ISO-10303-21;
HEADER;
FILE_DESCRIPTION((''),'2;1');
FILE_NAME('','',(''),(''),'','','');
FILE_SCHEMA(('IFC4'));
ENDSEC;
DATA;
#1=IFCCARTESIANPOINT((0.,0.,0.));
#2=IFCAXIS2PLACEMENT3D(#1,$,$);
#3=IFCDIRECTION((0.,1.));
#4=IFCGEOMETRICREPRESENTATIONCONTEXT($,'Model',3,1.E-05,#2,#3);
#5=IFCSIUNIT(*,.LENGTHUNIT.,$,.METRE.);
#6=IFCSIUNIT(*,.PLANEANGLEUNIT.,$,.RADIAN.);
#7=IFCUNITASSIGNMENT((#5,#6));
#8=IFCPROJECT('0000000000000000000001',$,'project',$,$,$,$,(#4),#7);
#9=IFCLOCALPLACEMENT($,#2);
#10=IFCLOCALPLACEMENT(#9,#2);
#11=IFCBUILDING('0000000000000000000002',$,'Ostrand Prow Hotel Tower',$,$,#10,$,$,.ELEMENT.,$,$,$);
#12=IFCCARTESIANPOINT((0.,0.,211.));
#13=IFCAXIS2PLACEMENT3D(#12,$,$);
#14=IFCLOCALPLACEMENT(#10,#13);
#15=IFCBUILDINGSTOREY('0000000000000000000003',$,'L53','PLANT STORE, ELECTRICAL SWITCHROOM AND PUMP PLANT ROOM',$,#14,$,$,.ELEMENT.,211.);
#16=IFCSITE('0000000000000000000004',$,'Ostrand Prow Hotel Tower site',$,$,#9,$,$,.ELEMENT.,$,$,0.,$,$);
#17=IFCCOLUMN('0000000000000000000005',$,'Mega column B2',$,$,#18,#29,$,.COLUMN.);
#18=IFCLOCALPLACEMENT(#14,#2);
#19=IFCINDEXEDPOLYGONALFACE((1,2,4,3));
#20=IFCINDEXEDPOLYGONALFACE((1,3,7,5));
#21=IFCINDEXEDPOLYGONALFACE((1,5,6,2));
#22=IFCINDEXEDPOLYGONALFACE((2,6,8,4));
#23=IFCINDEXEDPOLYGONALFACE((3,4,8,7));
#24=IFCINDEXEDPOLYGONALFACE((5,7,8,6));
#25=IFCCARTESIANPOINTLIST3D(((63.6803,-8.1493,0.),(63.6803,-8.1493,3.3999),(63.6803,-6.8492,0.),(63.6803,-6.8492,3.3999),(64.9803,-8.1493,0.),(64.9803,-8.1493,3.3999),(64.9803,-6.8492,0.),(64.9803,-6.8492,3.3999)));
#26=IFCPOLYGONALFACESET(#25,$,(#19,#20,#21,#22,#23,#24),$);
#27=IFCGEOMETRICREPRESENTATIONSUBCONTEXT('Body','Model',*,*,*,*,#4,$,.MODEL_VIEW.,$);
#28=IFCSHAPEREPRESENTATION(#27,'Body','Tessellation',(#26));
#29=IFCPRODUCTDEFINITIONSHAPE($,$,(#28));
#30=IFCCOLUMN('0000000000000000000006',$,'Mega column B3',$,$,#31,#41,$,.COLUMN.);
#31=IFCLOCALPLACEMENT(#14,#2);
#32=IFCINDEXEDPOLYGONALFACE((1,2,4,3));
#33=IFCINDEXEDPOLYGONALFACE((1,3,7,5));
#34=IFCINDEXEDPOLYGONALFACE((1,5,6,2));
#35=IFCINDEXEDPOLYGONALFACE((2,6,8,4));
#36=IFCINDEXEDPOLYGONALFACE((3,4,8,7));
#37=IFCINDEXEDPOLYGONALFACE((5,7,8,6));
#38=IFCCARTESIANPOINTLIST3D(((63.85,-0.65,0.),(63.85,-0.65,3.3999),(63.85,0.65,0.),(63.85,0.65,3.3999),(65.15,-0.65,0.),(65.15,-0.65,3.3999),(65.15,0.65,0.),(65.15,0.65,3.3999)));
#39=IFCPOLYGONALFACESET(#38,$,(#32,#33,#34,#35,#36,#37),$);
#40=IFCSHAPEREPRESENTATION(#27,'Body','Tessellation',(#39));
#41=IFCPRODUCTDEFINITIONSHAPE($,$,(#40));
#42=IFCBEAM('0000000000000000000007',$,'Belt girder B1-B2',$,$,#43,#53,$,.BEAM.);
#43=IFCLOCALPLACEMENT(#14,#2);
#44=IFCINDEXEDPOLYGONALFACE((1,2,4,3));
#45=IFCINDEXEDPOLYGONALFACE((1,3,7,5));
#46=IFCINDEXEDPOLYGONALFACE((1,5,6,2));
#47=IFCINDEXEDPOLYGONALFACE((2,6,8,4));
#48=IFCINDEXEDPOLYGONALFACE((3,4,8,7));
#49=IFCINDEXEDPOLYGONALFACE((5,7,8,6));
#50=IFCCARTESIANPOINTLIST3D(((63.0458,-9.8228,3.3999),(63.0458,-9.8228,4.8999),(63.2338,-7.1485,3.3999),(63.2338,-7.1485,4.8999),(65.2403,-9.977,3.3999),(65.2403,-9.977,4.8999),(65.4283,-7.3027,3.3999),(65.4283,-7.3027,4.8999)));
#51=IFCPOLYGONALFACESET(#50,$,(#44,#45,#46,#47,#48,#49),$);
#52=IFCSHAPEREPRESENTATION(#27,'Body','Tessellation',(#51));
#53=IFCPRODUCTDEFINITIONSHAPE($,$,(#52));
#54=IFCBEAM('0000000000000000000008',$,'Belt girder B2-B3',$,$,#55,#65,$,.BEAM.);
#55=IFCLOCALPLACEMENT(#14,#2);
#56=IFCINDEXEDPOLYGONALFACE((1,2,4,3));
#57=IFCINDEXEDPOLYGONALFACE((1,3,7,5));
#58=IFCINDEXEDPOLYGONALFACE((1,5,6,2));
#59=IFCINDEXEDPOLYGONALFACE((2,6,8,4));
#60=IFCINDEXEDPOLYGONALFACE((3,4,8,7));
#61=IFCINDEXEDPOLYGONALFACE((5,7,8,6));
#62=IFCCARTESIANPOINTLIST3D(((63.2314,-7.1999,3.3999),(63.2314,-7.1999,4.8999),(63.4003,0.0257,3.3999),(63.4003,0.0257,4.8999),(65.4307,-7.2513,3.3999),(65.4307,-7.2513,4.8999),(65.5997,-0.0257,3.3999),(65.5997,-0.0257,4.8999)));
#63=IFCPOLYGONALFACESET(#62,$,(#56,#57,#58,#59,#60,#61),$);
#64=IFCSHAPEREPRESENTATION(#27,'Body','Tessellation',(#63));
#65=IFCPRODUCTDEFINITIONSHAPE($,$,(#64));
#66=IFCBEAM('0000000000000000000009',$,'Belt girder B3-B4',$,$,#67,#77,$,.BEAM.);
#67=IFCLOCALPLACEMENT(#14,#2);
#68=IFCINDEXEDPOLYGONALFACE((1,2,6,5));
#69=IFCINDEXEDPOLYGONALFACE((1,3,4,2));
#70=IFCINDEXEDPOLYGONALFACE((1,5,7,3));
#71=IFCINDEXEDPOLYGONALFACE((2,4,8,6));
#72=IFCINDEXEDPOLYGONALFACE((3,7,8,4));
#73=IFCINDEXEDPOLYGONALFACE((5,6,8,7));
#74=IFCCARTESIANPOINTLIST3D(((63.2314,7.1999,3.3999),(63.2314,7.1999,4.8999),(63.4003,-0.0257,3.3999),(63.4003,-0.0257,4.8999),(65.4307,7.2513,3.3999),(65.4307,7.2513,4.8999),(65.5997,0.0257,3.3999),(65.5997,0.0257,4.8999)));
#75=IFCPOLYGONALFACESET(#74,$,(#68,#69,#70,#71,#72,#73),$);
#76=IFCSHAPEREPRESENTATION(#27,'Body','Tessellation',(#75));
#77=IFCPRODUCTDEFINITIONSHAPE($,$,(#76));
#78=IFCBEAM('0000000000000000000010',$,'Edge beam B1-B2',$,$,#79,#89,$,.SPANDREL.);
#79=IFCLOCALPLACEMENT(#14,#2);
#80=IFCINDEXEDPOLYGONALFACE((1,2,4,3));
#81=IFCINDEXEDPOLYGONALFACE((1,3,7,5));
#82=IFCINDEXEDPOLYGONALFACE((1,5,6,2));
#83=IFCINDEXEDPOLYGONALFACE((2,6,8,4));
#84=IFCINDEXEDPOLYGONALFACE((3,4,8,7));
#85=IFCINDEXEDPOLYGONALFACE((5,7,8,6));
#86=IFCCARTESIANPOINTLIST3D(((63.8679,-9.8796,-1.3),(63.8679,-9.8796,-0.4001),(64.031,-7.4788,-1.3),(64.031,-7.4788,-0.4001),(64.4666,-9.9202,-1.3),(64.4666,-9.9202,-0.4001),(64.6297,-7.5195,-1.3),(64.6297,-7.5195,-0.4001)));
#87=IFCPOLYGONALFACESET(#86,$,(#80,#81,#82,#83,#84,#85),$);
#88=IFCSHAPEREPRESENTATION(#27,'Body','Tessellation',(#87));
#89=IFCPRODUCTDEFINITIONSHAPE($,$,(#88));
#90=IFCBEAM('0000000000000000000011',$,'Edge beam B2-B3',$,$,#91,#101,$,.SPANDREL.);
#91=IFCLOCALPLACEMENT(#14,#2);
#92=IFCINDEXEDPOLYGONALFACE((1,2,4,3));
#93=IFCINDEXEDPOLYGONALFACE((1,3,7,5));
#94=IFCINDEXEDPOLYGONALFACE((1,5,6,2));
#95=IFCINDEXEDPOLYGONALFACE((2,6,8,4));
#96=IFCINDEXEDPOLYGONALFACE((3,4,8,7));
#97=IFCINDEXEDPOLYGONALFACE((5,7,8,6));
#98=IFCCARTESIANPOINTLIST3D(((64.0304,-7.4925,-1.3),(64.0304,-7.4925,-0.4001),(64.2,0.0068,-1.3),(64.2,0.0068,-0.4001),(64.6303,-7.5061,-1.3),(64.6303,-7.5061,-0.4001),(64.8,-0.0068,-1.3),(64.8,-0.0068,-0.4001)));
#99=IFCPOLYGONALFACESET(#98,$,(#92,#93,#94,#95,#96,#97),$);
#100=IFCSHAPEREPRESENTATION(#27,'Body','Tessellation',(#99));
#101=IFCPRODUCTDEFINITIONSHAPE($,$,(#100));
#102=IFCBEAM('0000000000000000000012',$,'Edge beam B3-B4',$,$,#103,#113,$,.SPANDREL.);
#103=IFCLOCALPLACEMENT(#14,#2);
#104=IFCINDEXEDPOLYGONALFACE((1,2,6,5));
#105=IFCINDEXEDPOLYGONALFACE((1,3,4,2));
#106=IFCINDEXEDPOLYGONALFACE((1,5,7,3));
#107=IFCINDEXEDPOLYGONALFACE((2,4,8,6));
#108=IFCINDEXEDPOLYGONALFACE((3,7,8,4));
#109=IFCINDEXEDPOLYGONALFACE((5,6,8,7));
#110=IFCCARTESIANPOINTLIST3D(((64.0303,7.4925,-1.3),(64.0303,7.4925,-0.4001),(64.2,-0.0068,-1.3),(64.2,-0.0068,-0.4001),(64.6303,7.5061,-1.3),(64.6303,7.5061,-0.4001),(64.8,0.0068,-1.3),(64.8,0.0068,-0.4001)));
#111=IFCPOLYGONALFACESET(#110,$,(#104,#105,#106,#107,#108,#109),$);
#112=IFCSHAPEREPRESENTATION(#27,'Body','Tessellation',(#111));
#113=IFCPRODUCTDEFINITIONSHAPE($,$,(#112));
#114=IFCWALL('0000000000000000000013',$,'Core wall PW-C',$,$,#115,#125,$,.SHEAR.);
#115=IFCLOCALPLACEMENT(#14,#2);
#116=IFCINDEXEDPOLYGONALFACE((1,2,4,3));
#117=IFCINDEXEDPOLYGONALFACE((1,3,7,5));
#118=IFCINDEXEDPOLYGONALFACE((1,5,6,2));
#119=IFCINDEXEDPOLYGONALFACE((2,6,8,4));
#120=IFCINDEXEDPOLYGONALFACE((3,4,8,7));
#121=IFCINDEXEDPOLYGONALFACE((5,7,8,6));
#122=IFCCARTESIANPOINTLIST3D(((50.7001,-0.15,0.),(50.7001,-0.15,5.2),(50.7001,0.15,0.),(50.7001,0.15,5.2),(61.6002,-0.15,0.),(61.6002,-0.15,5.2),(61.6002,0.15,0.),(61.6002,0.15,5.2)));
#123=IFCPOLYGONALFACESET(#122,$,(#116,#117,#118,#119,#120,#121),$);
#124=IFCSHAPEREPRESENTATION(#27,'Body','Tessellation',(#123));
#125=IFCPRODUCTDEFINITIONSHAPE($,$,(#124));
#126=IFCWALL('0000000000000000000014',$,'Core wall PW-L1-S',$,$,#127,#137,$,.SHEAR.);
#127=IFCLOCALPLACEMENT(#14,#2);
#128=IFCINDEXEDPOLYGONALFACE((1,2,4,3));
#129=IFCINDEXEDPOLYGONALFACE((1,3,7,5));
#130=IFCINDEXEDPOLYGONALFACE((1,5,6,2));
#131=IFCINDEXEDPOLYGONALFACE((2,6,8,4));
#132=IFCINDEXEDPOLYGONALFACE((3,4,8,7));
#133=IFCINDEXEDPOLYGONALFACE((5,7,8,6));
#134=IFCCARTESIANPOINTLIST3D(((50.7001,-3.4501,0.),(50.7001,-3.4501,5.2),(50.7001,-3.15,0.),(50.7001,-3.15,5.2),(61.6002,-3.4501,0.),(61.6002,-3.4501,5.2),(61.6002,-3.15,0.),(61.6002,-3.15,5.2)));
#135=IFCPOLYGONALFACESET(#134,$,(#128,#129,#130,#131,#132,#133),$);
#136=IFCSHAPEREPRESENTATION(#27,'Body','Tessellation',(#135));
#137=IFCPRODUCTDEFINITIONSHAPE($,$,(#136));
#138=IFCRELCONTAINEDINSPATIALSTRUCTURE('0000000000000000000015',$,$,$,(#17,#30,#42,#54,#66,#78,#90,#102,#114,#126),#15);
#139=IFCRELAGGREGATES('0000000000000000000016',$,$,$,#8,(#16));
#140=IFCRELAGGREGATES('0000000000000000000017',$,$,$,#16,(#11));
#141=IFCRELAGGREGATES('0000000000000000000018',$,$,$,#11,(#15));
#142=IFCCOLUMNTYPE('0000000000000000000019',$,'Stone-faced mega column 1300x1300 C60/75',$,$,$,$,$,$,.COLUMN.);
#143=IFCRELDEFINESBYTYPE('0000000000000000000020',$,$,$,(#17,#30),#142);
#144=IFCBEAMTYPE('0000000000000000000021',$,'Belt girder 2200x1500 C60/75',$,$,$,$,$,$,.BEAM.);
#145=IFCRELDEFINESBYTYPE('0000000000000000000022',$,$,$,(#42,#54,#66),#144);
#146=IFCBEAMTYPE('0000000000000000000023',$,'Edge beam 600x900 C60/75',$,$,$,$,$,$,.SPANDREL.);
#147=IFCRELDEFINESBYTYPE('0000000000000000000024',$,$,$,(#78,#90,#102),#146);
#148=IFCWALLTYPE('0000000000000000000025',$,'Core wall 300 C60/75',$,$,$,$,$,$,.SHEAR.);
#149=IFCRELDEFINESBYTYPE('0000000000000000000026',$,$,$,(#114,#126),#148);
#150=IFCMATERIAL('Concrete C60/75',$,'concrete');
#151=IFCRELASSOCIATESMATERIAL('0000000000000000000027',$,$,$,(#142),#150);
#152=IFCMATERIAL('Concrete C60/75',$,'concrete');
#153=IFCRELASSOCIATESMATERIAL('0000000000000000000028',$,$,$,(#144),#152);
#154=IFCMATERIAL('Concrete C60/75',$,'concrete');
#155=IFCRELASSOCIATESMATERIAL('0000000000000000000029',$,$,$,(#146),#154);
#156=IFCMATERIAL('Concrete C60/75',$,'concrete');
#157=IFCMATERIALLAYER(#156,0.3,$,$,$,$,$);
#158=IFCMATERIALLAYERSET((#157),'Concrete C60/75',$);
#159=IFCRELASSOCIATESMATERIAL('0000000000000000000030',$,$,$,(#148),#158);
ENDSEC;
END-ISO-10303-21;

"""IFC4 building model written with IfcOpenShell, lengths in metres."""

from ifc_helpers import new_model, si_unit, direction, frame, frame_2d, origin, origin_2d, place, context, subcontext, project, spatial, rectangle, extrude, material, layer, layer_set, material_profile, profile_set, type_object, element, save


model = new_model("IFC4")

# Units and contexts
model_context = context("Model", 3, precision=1e-05, world=origin(), true_north=direction((0.0, 1.0)))
body_context = subcontext(model_context, "Body", "Model", "MODEL_VIEW")
ifc_project = project(units=[si_unit("LENGTHUNIT", "METRE"), si_unit("PLANEANGLEUNIT", "RADIAN")], contexts=[model_context])

# Site, building, storey
site_placement = place(None, origin())
site = spatial("IfcSite", under=ifc_project, at=site_placement, Name="Ostrand Prow Hotel Tower site", CompositionType="ELEMENT", RefElevation=0.0)
building_placement = place(site_placement, origin())
building = spatial("IfcBuilding", under=site, at=building_placement, Name="Ostrand Prow Hotel Tower", CompositionType="ELEMENT")
storey_placement = place(building_placement, frame((0.0, 0.0, 211.0)))
storey = spatial("IfcBuildingStorey", under=building, at=storey_placement, Name="L53", Description="PLANT STORE, ELECTRICAL SWITCHROOM AND PUMP PLANT ROOM", CompositionType="ELEMENT", Elevation=211.0)

# Columns
ifc_material_1 = material(Name="Concrete C60/75", Category="concrete")
ifc_material_profile_1 = material_profile(ifc_material_1, rectangle(XDim=1.3, YDim=1.3, at=origin_2d()), Name="RC 1300x1300")
ifc_profile_set_1 = profile_set([ifc_material_profile_1], Name="Concrete C60/75")
column_type = type_object("IfcColumnType", Name="Stone-faced mega column 1300x1300 C60/75", PredefinedType="COLUMN", material=ifc_profile_set_1)
for number, where, z_axis, x_axis, name in (
    (1, (64.3303, -7.4993, 0.0), (0.0, 0.0, 1.0), (1.0, 0.0, 0.0), "Mega column B2"),
    (2, (64.5, 0.0, 0.0), (0.0, 0.0, 1.0), (1.0, 0.0, 0.0), "Mega column B3"),
):
    element("IfcColumn", number, at=place(storey_placement, frame(where, z_axis=z_axis, x_axis=x_axis)), inside=storey, type_object=column_type, Name=name, PredefinedType="COLUMN", context=body_context, shape_type="SweptSolid", body=[
        extrude(rectangle(XDim=1.3, YDim=1.3, at=origin_2d()), origin(), (0.0, 0.0, 1.0), 3.3999),
    ])

# Beams
ifc_material_2 = material(Name="Concrete C60/75", Category="concrete")
ifc_material_profile_2 = material_profile(ifc_material_2, rectangle(XDim=2.2, YDim=1.5, at=origin_2d()), Name="RC 2200x1500")
ifc_profile_set_2 = profile_set([ifc_material_profile_2], Name="Concrete C60/75")
beam_type_1 = type_object("IfcBeamType", Name="Belt girder 2200x1500 C60/75", PredefinedType="BEAM", material=ifc_profile_set_2)
beam_1_placement = place(storey_placement, frame((64.1431, -9.8999, 4.1499), z_axis=(0.070121, 0.997538, 0.0), x_axis=(-0.997538, 0.070121, 0.0)))
element("IfcBeam", 3, at=beam_1_placement, inside=storey, type_object=beam_type_1, Name="Belt girder B1-B2", PredefinedType="BEAM", context=body_context, shape_type="SweptSolid", body=[
    extrude(rectangle(XDim=2.2, YDim=1.5, at=origin_2d()), origin(), (0.0, 0.0, 1.0), 2.6809),
])
for number, where, z_axis, x_axis, name in (
    (4, (64.3311, -7.2256, 4.1499), (0.023375, 0.999727, 0.0), (-0.999727, 0.023375, 0.0), "Belt girder B2-B3"),
    (5, (64.5, 0.0, 4.1499), (-0.023375, 0.999727, 0.0), (-0.999727, -0.023375, 0.0), "Belt girder B3-B4"),
):
    element("IfcBeam", number, at=place(storey_placement, frame(where, z_axis=z_axis, x_axis=x_axis)), inside=storey, type_object=beam_type_1, Name=name, PredefinedType="BEAM", context=body_context, shape_type="SweptSolid", body=[
        extrude(rectangle(XDim=2.2, YDim=1.5, at=origin_2d()), origin(), (0.0, 0.0, 1.0), 7.2275),
    ])
ifc_material_3 = material(Name="Concrete C60/75", Category="concrete")
ifc_material_profile_3 = material_profile(ifc_material_3, rectangle(XDim=0.6001, YDim=0.8999, at=origin_2d()), Name="RC 600x900")
ifc_profile_set_3 = profile_set([ifc_material_profile_3], Name="Concrete C60/75")
beam_type_2 = type_object("IfcBeamType", Name="Edge beam 600x900 C60/75", PredefinedType="SPANDREL", material=ifc_profile_set_3)
beam_2_placement = place(storey_placement, frame((64.1672, -9.8999, -0.8501), z_axis=(0.067778, 0.9977, 0.0), x_axis=(-0.9977, 0.067778, 0.0)))
element("IfcBeam", 6, at=beam_2_placement, inside=storey, type_object=beam_type_2, Name="Edge beam B1-B2", PredefinedType="SPANDREL", context=body_context, shape_type="SweptSolid", body=[
    extrude(rectangle(XDim=0.6001, YDim=0.8999, at=origin_2d()), origin(), (0.0, 0.0, 1.0), 2.4062),
])
for number, where, z_axis, x_axis, name in (
    (7, (64.3303, -7.4993, -0.8501), (0.02262, 0.999744, 0.0), (-0.999744, 0.02262, 0.0), "Edge beam B2-B3"),
    (8, (64.5, 0.0, -0.8501), (-0.02262, 0.999744, 0.0), (-0.999744, -0.02262, 0.0), "Edge beam B3-B4"),
):
    element("IfcBeam", number, at=place(storey_placement, frame(where, z_axis=z_axis, x_axis=x_axis)), inside=storey, type_object=beam_type_2, Name=name, PredefinedType="SPANDREL", context=body_context, shape_type="SweptSolid", body=[
        extrude(rectangle(XDim=0.6001, YDim=0.8999, at=origin_2d()), origin(), (0.0, 0.0, 1.0), 7.5012),
    ])

# Walls
ifc_material_4 = material(Name="Concrete C60/75", Category="concrete")
ifc_layer_1 = layer(ifc_material_4, 0.3)
ifc_layer_set_1 = layer_set([ifc_layer_1], Name="Concrete C60/75")
wall_type_1 = type_object("IfcWallType", Name="Core wall 300 C60/75", PredefinedType="SHEAR", material=ifc_layer_set_1)
for number, where, z_axis, x_axis, name in (
    (9, (50.7, 0.0, 0.0), (0.0, 0.0, 1.0), (1.0, 0.0, 0.0), "Core wall PW-C"),
    (10, (50.7, -3.3, 0.0), (0.0, 0.0, 1.0), (1.0, 0.0, 0.0), "Core wall PW-L1-S"),
):
    element("IfcWall", number, at=place(storey_placement, frame(where, z_axis=z_axis, x_axis=x_axis)), inside=storey, type_object=wall_type_1, Name=name, PredefinedType="SHEAR", context=body_context, shape_type="SweptSolid", body=[
        extrude(rectangle(XDim=10.9001, YDim=0.3, at=frame_2d((5.4502, 0.0))), origin(), (0.0, 0.0, 1.0), 5.2),
    ])

save(model, "model.ifc")
